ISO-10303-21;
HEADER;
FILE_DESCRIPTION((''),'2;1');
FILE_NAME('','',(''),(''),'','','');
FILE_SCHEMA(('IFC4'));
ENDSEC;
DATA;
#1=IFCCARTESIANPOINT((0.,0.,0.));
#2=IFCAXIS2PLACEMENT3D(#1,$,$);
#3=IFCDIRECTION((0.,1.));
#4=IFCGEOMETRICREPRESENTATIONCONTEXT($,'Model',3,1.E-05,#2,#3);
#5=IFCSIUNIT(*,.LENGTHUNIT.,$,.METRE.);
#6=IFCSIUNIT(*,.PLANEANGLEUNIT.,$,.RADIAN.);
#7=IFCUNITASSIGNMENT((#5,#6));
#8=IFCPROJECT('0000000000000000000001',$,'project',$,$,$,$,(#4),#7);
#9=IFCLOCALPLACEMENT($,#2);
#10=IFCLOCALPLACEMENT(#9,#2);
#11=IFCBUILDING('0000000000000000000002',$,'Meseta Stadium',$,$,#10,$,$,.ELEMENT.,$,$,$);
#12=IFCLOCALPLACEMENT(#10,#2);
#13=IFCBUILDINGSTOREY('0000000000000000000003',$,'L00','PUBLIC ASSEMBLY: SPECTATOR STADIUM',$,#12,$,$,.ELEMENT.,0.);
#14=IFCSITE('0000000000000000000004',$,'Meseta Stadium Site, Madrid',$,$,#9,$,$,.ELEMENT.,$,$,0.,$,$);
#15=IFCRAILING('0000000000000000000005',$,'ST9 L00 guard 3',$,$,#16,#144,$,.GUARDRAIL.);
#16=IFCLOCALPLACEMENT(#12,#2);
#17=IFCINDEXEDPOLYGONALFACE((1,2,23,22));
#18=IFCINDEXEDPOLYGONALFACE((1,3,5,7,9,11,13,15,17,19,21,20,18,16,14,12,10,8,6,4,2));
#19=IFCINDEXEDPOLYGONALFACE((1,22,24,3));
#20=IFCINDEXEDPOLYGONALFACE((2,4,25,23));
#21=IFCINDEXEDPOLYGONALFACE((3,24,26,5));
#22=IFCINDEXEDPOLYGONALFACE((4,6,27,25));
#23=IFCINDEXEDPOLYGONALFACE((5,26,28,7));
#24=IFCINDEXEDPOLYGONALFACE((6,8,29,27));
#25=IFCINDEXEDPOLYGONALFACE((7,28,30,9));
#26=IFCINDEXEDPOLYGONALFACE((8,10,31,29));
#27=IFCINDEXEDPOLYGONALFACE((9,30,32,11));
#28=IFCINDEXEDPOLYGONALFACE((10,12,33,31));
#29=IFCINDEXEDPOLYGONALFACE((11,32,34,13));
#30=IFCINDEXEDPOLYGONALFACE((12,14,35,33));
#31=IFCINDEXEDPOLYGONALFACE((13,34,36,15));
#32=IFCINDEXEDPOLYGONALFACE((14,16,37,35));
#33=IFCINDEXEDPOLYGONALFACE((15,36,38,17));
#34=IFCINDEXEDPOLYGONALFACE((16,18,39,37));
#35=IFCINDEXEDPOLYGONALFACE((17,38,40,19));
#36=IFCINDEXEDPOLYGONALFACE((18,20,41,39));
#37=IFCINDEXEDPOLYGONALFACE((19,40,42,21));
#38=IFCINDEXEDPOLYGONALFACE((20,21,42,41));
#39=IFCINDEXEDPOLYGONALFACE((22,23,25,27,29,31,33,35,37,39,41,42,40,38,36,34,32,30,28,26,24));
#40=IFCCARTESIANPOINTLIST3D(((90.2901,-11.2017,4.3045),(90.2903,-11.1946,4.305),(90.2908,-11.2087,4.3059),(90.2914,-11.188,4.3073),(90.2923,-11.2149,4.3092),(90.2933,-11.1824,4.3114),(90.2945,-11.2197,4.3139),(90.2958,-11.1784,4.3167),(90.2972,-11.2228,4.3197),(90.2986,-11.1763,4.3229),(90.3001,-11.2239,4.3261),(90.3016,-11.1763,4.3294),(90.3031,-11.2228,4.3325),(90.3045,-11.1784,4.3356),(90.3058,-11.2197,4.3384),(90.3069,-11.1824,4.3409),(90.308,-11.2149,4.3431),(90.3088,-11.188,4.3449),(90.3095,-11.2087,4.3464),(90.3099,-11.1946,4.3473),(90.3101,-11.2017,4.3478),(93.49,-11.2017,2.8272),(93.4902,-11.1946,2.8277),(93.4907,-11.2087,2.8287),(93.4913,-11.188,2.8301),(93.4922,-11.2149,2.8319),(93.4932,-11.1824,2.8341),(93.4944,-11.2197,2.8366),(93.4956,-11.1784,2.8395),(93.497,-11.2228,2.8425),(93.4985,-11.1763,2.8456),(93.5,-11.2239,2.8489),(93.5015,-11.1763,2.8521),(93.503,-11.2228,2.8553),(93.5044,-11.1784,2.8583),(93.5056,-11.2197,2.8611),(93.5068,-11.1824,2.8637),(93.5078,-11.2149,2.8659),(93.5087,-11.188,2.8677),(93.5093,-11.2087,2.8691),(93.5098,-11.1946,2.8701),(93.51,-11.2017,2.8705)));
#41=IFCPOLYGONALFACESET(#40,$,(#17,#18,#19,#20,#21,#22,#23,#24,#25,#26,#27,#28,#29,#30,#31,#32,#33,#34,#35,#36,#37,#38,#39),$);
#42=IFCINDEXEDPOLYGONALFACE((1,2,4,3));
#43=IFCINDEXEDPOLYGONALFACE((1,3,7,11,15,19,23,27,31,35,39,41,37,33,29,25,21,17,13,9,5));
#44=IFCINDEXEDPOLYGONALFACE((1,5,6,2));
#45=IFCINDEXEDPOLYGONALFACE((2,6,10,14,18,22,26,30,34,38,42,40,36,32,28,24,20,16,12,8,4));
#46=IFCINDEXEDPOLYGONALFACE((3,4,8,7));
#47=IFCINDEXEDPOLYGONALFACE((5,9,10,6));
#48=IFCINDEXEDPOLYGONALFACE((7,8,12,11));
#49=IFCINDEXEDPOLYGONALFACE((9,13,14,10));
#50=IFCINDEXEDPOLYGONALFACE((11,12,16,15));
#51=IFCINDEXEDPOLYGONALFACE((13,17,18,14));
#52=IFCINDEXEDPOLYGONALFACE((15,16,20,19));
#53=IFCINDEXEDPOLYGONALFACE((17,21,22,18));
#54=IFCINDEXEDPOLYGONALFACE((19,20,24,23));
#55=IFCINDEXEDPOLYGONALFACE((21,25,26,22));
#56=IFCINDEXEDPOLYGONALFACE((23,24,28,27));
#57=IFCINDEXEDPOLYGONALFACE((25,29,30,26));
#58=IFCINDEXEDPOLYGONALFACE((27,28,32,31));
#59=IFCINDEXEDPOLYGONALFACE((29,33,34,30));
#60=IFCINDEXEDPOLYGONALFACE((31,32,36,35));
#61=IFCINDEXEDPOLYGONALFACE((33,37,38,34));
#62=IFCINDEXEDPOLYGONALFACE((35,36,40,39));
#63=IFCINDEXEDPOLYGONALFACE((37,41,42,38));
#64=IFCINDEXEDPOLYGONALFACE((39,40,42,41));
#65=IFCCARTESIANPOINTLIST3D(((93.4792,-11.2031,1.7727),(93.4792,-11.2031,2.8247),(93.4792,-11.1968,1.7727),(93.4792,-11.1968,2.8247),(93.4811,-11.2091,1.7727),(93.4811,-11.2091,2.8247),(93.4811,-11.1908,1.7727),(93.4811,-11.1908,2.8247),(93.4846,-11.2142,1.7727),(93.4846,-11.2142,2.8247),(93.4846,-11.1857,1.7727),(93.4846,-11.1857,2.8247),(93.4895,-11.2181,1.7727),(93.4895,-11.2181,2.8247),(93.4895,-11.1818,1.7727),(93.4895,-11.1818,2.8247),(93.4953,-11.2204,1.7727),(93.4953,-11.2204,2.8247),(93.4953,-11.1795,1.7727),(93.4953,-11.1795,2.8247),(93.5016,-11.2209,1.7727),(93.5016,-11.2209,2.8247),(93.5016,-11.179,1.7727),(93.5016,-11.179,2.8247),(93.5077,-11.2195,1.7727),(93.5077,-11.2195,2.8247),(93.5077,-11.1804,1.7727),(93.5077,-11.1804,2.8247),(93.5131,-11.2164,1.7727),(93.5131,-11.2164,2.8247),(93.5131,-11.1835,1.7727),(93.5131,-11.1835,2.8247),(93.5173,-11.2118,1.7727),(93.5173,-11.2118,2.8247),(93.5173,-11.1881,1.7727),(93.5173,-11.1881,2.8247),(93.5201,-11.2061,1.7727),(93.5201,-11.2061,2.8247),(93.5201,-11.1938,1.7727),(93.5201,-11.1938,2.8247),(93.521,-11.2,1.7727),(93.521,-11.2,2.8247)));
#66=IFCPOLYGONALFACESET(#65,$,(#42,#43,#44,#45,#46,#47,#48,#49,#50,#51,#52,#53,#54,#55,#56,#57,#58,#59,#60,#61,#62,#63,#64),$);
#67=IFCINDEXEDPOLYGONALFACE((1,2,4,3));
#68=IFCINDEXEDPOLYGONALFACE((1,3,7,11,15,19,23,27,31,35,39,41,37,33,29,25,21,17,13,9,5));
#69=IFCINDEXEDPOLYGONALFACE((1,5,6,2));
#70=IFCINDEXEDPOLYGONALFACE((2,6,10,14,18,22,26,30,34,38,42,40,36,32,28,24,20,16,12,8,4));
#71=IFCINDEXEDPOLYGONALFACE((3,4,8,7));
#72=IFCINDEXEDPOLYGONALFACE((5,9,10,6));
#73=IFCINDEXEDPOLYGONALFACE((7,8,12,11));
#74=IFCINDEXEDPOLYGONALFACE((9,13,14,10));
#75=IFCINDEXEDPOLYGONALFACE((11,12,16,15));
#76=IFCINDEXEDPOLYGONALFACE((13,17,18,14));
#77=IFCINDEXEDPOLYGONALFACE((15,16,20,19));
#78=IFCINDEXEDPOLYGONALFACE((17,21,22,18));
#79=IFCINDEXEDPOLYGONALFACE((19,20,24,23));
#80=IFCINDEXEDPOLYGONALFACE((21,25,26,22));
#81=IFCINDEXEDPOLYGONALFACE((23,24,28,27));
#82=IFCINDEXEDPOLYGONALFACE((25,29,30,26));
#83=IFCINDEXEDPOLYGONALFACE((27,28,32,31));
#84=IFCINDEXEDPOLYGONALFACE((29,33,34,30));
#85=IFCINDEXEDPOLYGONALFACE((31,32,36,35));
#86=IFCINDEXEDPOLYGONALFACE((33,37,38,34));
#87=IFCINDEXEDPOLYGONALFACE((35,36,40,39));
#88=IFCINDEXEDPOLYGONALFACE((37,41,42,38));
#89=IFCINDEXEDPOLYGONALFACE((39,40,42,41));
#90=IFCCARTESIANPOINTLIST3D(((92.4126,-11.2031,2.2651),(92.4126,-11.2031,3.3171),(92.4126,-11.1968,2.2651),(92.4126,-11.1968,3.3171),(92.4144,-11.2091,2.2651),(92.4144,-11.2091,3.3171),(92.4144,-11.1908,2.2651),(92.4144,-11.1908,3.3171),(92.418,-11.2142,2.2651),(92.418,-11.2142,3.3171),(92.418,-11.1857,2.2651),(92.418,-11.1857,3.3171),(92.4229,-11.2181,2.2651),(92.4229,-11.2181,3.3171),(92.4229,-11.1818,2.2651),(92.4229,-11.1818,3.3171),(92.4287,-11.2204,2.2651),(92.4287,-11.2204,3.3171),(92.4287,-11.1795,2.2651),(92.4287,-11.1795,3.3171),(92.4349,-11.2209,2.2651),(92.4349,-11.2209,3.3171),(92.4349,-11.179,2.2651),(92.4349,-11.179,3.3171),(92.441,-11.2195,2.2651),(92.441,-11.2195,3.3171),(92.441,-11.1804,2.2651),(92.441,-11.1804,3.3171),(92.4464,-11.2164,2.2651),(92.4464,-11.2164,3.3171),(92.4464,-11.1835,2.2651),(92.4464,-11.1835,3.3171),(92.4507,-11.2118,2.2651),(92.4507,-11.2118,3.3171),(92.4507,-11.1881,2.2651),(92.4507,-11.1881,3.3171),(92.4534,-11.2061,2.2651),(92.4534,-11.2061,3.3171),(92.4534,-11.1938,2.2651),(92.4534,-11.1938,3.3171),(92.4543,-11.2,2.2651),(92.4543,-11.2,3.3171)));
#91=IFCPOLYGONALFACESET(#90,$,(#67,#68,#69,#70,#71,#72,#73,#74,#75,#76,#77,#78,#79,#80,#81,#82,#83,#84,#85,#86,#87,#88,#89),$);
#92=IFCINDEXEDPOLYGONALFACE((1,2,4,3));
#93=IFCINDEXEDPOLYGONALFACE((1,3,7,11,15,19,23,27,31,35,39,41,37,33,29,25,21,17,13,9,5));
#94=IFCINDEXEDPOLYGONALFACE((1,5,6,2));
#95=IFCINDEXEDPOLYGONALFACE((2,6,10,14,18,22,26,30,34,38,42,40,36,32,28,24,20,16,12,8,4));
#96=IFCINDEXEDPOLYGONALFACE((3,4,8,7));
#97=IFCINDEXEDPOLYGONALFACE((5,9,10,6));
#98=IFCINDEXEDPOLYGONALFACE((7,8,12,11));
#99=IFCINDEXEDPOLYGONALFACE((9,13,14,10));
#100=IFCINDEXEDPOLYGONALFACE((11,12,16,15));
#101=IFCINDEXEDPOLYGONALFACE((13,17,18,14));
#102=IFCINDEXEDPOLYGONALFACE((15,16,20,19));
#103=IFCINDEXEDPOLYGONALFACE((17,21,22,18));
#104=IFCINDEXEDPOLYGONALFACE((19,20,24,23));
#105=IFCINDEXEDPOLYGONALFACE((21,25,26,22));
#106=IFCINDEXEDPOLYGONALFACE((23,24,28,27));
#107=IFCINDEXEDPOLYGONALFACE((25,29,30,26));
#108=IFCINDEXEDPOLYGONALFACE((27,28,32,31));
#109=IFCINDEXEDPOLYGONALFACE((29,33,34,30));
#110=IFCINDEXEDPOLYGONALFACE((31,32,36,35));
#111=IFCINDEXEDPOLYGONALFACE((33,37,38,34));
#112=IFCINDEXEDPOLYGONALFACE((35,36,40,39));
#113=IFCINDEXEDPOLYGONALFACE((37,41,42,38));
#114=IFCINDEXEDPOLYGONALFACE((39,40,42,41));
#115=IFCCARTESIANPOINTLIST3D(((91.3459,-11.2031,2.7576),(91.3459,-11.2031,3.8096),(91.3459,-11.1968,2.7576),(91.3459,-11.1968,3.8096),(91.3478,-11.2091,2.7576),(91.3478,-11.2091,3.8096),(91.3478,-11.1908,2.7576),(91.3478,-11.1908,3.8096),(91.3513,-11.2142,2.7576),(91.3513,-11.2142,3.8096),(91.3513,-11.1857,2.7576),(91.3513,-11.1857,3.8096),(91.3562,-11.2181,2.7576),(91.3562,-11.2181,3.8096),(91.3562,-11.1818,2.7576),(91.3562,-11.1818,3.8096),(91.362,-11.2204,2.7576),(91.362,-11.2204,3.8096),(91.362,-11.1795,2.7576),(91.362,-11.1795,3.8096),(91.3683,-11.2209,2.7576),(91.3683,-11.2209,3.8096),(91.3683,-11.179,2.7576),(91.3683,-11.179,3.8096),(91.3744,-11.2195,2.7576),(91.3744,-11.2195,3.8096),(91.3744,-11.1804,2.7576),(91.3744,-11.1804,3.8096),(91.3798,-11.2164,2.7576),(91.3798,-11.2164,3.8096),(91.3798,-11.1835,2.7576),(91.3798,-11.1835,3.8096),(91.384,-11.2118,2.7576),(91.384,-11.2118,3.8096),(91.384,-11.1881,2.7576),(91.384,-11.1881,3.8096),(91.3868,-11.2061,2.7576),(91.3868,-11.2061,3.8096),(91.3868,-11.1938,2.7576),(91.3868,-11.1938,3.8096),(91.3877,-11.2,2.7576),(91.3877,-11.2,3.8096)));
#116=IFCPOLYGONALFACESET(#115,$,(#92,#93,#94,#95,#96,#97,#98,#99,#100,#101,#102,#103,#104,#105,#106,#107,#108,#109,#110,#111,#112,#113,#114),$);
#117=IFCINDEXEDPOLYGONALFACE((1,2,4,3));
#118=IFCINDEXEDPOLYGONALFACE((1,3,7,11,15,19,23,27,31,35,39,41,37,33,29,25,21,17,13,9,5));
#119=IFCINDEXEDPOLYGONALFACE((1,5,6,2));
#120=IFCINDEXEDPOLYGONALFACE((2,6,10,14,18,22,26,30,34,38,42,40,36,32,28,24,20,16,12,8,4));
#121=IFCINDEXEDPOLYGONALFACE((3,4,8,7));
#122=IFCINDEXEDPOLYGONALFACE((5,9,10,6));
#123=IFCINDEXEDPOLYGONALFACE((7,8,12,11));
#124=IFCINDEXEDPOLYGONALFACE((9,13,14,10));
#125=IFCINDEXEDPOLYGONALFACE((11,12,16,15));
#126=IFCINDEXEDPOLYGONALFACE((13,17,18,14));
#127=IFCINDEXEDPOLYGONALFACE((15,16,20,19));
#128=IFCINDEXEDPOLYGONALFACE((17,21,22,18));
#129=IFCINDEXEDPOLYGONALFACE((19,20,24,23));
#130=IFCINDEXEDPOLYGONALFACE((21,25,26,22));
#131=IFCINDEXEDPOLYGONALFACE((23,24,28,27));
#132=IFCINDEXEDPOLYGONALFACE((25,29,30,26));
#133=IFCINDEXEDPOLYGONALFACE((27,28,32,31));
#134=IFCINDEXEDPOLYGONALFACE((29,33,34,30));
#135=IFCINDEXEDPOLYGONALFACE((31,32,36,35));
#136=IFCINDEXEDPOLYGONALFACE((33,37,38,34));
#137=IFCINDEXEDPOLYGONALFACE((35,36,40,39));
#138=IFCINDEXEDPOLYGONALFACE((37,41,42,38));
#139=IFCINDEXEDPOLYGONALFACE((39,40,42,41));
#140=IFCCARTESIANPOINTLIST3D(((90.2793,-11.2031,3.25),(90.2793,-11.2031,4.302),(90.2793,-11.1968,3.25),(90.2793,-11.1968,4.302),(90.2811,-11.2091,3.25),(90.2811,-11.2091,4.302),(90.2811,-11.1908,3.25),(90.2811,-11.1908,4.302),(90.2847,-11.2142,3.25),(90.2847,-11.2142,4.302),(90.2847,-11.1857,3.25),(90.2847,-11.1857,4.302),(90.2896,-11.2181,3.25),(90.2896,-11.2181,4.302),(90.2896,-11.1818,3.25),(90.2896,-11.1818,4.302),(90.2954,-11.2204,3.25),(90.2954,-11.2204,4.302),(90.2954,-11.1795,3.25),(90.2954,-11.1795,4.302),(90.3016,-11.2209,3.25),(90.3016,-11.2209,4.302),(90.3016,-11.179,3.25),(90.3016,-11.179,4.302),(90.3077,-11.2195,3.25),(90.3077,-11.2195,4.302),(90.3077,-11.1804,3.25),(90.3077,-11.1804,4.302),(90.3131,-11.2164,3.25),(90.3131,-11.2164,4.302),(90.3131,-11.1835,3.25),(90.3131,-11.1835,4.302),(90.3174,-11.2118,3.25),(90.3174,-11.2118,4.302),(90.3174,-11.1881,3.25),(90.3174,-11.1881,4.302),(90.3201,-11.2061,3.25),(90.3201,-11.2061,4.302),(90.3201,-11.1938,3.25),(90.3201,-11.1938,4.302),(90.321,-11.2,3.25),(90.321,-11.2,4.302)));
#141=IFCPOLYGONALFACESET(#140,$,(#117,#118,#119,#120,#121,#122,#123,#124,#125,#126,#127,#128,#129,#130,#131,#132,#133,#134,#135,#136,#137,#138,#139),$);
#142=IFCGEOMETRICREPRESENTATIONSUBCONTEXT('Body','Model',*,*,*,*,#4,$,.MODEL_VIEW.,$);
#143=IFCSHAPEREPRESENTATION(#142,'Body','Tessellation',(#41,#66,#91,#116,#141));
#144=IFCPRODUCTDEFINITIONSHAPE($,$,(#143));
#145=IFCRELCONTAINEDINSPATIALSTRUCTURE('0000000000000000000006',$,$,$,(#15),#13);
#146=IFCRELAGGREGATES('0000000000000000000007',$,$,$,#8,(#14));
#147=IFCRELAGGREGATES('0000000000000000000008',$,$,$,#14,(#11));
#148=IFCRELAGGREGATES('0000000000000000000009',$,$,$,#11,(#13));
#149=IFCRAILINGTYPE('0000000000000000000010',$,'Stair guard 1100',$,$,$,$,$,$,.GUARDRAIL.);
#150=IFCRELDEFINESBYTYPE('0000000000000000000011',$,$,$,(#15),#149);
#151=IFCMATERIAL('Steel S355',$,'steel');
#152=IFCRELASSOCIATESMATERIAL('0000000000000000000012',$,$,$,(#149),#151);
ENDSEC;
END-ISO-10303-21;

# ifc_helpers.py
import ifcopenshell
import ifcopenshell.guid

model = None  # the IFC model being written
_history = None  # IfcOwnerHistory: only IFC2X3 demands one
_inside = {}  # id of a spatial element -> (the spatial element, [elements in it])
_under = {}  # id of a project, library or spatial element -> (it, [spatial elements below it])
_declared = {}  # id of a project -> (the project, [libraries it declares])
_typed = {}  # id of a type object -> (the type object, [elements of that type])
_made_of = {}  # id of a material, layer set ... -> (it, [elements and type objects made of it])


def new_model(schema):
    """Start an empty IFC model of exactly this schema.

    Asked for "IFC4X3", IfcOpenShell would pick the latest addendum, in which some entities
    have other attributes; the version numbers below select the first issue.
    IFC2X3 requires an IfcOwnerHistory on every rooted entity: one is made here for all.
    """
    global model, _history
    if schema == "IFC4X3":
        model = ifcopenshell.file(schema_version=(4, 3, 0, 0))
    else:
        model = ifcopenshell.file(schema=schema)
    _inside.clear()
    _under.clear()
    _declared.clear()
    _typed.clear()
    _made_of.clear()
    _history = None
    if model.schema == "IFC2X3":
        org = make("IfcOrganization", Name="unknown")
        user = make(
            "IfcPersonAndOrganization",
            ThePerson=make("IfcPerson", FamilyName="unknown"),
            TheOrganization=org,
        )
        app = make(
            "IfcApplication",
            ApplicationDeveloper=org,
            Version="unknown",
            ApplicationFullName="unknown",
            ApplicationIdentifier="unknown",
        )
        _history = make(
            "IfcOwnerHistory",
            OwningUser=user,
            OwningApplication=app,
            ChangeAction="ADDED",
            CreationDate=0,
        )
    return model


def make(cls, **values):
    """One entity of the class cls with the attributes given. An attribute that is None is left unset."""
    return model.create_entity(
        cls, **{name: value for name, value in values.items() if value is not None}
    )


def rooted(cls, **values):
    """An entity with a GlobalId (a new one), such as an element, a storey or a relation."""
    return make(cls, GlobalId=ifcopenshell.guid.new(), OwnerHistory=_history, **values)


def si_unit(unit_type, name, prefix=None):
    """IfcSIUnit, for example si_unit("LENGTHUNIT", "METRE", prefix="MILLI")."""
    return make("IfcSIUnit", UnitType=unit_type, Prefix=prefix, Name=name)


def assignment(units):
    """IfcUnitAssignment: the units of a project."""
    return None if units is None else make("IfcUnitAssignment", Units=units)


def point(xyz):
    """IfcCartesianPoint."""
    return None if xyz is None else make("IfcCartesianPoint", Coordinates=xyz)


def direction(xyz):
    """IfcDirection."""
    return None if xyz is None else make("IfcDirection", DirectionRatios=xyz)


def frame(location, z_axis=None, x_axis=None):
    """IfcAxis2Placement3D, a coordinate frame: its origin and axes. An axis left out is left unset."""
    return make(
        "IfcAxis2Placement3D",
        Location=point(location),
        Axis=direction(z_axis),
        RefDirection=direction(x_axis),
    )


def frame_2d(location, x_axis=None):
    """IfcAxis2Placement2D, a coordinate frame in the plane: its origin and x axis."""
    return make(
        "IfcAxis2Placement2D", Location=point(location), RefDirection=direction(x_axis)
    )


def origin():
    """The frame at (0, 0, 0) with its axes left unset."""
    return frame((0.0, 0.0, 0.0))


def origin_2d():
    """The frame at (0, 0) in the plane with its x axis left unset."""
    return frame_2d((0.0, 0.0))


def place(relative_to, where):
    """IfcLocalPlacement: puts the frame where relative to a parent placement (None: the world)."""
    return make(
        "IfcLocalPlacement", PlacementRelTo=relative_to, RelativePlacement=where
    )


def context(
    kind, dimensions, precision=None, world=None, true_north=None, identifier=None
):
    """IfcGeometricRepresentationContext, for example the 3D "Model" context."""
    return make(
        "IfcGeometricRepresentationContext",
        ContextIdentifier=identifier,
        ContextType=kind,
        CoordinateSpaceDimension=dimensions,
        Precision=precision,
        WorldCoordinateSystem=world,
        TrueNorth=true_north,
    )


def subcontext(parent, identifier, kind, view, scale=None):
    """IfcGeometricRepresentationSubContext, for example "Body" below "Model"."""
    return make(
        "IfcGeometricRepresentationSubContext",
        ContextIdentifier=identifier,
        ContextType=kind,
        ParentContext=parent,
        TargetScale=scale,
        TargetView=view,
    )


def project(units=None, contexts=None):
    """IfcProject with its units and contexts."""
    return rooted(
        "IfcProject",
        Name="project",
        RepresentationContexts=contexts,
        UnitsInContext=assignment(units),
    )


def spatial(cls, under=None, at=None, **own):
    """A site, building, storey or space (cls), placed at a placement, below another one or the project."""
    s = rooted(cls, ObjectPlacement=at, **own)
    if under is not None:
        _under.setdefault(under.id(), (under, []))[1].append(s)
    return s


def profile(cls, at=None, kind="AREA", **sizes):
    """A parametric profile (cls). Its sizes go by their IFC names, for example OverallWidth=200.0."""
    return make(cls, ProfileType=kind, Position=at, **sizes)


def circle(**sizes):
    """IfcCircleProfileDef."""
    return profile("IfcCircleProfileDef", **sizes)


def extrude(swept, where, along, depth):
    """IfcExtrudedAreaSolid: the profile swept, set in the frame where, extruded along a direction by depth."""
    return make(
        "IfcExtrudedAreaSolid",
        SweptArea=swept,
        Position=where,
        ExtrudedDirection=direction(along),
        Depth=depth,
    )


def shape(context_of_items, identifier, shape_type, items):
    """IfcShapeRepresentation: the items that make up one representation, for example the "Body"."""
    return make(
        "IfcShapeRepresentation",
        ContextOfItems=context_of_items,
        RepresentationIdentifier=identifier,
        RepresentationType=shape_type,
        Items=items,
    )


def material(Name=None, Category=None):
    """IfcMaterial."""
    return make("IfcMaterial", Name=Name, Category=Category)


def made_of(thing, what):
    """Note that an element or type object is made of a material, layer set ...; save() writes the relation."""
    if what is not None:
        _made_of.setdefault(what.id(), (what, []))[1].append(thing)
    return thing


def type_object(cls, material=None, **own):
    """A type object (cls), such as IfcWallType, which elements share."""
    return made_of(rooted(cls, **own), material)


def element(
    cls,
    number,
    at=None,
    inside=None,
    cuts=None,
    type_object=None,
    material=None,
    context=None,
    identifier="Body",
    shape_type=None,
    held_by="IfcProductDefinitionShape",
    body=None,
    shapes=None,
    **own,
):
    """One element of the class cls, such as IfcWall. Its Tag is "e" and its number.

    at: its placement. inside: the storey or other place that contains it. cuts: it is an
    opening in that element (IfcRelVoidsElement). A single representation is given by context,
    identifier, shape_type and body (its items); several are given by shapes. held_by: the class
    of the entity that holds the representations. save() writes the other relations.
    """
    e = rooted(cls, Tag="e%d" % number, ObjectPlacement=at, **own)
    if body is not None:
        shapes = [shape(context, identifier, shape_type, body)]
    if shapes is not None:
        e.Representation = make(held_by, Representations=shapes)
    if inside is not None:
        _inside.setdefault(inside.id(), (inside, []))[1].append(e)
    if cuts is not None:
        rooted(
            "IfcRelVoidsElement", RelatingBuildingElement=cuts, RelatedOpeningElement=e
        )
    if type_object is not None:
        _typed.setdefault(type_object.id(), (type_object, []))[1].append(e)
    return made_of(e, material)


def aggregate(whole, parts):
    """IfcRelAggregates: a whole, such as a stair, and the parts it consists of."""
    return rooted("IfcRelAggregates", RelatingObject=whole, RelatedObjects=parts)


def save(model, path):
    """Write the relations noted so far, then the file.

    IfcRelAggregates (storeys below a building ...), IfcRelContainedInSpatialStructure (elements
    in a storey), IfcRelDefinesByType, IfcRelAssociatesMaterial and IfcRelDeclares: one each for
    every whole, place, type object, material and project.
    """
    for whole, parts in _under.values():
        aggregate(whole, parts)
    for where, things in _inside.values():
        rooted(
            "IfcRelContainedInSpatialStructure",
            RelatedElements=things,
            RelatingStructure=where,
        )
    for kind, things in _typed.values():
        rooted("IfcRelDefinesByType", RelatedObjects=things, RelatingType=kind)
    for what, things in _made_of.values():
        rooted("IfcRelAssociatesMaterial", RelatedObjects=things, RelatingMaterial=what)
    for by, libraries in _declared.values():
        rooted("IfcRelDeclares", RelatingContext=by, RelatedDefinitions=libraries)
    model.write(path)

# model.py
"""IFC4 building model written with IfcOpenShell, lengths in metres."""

from ifc_helpers import new_model, si_unit, direction, frame, origin, origin_2d, place, context, subcontext, project, spatial, circle, extrude, material, type_object, element, save


model = new_model("IFC4")

# Units and contexts
model_context = context("Model", 3, precision=1e-05, world=origin(), true_north=direction((0.0, 1.0)))
body_context = subcontext(model_context, "Body", "Model", "MODEL_VIEW")
ifc_project = project(units=[si_unit("LENGTHUNIT", "METRE"), si_unit("PLANEANGLEUNIT", "RADIAN")], contexts=[model_context])

# Site, building, storey
site_placement = place(None, origin())
site = spatial("IfcSite", under=ifc_project, at=site_placement, Name="Meseta Stadium Site, Madrid", CompositionType="ELEMENT", RefElevation=0.0)
building_placement = place(site_placement, origin())
building = spatial("IfcBuilding", under=site, at=building_placement, Name="Meseta Stadium", CompositionType="ELEMENT")
storey_placement = place(building_placement, origin())
storey = spatial("IfcBuildingStorey", under=building, at=storey_placement, Name="L00", Description="PUBLIC ASSEMBLY: SPECTATOR STADIUM", CompositionType="ELEMENT", Elevation=0.0)

# Railing
ifc_material_1 = material(Name="Steel S355", Category="steel")
railing_type_1 = type_object("IfcRailingType", Name="Stair guard 1100", PredefinedType="GUARDRAIL", material=ifc_material_1)
railing_1_placement = place(storey_placement, frame((93.5, -11.2, 1.7727)))
element("IfcRailing", 1, at=railing_1_placement, inside=storey, type_object=railing_type_1, Name="ST9 L00 guard 3", PredefinedType="GUARDRAIL", context=body_context, shape_type="SweptSolid", body=[
    extrude(circle(Radius=0.0239, at=origin_2d()), frame((0.0, 0.0, 1.0762), z_axis=(-0.907917, 0.0, 0.41915), x_axis=(0.0, -1.0, 0.0)), (0.0, 0.0, 1.0), 3.5244),
    extrude(circle(Radius=0.021, at=origin_2d()), origin(), (0.0, 0.0, 1.0), 1.052),
    extrude(circle(Radius=0.021, at=origin_2d()), frame((-1.0667, 0.0, 0.4924)), (0.0, 0.0, 1.0), 1.052),
    extrude(circle(Radius=0.021, at=origin_2d()), frame((-2.1333, 0.0, 0.9849)), (0.0, 0.0, 1.0), 1.052),
    extrude(circle(Radius=0.021, at=origin_2d()), frame((-3.2, 0.0, 1.4773)), (0.0, 0.0, 1.0), 1.052),
])

save(model, "model.ifc")
